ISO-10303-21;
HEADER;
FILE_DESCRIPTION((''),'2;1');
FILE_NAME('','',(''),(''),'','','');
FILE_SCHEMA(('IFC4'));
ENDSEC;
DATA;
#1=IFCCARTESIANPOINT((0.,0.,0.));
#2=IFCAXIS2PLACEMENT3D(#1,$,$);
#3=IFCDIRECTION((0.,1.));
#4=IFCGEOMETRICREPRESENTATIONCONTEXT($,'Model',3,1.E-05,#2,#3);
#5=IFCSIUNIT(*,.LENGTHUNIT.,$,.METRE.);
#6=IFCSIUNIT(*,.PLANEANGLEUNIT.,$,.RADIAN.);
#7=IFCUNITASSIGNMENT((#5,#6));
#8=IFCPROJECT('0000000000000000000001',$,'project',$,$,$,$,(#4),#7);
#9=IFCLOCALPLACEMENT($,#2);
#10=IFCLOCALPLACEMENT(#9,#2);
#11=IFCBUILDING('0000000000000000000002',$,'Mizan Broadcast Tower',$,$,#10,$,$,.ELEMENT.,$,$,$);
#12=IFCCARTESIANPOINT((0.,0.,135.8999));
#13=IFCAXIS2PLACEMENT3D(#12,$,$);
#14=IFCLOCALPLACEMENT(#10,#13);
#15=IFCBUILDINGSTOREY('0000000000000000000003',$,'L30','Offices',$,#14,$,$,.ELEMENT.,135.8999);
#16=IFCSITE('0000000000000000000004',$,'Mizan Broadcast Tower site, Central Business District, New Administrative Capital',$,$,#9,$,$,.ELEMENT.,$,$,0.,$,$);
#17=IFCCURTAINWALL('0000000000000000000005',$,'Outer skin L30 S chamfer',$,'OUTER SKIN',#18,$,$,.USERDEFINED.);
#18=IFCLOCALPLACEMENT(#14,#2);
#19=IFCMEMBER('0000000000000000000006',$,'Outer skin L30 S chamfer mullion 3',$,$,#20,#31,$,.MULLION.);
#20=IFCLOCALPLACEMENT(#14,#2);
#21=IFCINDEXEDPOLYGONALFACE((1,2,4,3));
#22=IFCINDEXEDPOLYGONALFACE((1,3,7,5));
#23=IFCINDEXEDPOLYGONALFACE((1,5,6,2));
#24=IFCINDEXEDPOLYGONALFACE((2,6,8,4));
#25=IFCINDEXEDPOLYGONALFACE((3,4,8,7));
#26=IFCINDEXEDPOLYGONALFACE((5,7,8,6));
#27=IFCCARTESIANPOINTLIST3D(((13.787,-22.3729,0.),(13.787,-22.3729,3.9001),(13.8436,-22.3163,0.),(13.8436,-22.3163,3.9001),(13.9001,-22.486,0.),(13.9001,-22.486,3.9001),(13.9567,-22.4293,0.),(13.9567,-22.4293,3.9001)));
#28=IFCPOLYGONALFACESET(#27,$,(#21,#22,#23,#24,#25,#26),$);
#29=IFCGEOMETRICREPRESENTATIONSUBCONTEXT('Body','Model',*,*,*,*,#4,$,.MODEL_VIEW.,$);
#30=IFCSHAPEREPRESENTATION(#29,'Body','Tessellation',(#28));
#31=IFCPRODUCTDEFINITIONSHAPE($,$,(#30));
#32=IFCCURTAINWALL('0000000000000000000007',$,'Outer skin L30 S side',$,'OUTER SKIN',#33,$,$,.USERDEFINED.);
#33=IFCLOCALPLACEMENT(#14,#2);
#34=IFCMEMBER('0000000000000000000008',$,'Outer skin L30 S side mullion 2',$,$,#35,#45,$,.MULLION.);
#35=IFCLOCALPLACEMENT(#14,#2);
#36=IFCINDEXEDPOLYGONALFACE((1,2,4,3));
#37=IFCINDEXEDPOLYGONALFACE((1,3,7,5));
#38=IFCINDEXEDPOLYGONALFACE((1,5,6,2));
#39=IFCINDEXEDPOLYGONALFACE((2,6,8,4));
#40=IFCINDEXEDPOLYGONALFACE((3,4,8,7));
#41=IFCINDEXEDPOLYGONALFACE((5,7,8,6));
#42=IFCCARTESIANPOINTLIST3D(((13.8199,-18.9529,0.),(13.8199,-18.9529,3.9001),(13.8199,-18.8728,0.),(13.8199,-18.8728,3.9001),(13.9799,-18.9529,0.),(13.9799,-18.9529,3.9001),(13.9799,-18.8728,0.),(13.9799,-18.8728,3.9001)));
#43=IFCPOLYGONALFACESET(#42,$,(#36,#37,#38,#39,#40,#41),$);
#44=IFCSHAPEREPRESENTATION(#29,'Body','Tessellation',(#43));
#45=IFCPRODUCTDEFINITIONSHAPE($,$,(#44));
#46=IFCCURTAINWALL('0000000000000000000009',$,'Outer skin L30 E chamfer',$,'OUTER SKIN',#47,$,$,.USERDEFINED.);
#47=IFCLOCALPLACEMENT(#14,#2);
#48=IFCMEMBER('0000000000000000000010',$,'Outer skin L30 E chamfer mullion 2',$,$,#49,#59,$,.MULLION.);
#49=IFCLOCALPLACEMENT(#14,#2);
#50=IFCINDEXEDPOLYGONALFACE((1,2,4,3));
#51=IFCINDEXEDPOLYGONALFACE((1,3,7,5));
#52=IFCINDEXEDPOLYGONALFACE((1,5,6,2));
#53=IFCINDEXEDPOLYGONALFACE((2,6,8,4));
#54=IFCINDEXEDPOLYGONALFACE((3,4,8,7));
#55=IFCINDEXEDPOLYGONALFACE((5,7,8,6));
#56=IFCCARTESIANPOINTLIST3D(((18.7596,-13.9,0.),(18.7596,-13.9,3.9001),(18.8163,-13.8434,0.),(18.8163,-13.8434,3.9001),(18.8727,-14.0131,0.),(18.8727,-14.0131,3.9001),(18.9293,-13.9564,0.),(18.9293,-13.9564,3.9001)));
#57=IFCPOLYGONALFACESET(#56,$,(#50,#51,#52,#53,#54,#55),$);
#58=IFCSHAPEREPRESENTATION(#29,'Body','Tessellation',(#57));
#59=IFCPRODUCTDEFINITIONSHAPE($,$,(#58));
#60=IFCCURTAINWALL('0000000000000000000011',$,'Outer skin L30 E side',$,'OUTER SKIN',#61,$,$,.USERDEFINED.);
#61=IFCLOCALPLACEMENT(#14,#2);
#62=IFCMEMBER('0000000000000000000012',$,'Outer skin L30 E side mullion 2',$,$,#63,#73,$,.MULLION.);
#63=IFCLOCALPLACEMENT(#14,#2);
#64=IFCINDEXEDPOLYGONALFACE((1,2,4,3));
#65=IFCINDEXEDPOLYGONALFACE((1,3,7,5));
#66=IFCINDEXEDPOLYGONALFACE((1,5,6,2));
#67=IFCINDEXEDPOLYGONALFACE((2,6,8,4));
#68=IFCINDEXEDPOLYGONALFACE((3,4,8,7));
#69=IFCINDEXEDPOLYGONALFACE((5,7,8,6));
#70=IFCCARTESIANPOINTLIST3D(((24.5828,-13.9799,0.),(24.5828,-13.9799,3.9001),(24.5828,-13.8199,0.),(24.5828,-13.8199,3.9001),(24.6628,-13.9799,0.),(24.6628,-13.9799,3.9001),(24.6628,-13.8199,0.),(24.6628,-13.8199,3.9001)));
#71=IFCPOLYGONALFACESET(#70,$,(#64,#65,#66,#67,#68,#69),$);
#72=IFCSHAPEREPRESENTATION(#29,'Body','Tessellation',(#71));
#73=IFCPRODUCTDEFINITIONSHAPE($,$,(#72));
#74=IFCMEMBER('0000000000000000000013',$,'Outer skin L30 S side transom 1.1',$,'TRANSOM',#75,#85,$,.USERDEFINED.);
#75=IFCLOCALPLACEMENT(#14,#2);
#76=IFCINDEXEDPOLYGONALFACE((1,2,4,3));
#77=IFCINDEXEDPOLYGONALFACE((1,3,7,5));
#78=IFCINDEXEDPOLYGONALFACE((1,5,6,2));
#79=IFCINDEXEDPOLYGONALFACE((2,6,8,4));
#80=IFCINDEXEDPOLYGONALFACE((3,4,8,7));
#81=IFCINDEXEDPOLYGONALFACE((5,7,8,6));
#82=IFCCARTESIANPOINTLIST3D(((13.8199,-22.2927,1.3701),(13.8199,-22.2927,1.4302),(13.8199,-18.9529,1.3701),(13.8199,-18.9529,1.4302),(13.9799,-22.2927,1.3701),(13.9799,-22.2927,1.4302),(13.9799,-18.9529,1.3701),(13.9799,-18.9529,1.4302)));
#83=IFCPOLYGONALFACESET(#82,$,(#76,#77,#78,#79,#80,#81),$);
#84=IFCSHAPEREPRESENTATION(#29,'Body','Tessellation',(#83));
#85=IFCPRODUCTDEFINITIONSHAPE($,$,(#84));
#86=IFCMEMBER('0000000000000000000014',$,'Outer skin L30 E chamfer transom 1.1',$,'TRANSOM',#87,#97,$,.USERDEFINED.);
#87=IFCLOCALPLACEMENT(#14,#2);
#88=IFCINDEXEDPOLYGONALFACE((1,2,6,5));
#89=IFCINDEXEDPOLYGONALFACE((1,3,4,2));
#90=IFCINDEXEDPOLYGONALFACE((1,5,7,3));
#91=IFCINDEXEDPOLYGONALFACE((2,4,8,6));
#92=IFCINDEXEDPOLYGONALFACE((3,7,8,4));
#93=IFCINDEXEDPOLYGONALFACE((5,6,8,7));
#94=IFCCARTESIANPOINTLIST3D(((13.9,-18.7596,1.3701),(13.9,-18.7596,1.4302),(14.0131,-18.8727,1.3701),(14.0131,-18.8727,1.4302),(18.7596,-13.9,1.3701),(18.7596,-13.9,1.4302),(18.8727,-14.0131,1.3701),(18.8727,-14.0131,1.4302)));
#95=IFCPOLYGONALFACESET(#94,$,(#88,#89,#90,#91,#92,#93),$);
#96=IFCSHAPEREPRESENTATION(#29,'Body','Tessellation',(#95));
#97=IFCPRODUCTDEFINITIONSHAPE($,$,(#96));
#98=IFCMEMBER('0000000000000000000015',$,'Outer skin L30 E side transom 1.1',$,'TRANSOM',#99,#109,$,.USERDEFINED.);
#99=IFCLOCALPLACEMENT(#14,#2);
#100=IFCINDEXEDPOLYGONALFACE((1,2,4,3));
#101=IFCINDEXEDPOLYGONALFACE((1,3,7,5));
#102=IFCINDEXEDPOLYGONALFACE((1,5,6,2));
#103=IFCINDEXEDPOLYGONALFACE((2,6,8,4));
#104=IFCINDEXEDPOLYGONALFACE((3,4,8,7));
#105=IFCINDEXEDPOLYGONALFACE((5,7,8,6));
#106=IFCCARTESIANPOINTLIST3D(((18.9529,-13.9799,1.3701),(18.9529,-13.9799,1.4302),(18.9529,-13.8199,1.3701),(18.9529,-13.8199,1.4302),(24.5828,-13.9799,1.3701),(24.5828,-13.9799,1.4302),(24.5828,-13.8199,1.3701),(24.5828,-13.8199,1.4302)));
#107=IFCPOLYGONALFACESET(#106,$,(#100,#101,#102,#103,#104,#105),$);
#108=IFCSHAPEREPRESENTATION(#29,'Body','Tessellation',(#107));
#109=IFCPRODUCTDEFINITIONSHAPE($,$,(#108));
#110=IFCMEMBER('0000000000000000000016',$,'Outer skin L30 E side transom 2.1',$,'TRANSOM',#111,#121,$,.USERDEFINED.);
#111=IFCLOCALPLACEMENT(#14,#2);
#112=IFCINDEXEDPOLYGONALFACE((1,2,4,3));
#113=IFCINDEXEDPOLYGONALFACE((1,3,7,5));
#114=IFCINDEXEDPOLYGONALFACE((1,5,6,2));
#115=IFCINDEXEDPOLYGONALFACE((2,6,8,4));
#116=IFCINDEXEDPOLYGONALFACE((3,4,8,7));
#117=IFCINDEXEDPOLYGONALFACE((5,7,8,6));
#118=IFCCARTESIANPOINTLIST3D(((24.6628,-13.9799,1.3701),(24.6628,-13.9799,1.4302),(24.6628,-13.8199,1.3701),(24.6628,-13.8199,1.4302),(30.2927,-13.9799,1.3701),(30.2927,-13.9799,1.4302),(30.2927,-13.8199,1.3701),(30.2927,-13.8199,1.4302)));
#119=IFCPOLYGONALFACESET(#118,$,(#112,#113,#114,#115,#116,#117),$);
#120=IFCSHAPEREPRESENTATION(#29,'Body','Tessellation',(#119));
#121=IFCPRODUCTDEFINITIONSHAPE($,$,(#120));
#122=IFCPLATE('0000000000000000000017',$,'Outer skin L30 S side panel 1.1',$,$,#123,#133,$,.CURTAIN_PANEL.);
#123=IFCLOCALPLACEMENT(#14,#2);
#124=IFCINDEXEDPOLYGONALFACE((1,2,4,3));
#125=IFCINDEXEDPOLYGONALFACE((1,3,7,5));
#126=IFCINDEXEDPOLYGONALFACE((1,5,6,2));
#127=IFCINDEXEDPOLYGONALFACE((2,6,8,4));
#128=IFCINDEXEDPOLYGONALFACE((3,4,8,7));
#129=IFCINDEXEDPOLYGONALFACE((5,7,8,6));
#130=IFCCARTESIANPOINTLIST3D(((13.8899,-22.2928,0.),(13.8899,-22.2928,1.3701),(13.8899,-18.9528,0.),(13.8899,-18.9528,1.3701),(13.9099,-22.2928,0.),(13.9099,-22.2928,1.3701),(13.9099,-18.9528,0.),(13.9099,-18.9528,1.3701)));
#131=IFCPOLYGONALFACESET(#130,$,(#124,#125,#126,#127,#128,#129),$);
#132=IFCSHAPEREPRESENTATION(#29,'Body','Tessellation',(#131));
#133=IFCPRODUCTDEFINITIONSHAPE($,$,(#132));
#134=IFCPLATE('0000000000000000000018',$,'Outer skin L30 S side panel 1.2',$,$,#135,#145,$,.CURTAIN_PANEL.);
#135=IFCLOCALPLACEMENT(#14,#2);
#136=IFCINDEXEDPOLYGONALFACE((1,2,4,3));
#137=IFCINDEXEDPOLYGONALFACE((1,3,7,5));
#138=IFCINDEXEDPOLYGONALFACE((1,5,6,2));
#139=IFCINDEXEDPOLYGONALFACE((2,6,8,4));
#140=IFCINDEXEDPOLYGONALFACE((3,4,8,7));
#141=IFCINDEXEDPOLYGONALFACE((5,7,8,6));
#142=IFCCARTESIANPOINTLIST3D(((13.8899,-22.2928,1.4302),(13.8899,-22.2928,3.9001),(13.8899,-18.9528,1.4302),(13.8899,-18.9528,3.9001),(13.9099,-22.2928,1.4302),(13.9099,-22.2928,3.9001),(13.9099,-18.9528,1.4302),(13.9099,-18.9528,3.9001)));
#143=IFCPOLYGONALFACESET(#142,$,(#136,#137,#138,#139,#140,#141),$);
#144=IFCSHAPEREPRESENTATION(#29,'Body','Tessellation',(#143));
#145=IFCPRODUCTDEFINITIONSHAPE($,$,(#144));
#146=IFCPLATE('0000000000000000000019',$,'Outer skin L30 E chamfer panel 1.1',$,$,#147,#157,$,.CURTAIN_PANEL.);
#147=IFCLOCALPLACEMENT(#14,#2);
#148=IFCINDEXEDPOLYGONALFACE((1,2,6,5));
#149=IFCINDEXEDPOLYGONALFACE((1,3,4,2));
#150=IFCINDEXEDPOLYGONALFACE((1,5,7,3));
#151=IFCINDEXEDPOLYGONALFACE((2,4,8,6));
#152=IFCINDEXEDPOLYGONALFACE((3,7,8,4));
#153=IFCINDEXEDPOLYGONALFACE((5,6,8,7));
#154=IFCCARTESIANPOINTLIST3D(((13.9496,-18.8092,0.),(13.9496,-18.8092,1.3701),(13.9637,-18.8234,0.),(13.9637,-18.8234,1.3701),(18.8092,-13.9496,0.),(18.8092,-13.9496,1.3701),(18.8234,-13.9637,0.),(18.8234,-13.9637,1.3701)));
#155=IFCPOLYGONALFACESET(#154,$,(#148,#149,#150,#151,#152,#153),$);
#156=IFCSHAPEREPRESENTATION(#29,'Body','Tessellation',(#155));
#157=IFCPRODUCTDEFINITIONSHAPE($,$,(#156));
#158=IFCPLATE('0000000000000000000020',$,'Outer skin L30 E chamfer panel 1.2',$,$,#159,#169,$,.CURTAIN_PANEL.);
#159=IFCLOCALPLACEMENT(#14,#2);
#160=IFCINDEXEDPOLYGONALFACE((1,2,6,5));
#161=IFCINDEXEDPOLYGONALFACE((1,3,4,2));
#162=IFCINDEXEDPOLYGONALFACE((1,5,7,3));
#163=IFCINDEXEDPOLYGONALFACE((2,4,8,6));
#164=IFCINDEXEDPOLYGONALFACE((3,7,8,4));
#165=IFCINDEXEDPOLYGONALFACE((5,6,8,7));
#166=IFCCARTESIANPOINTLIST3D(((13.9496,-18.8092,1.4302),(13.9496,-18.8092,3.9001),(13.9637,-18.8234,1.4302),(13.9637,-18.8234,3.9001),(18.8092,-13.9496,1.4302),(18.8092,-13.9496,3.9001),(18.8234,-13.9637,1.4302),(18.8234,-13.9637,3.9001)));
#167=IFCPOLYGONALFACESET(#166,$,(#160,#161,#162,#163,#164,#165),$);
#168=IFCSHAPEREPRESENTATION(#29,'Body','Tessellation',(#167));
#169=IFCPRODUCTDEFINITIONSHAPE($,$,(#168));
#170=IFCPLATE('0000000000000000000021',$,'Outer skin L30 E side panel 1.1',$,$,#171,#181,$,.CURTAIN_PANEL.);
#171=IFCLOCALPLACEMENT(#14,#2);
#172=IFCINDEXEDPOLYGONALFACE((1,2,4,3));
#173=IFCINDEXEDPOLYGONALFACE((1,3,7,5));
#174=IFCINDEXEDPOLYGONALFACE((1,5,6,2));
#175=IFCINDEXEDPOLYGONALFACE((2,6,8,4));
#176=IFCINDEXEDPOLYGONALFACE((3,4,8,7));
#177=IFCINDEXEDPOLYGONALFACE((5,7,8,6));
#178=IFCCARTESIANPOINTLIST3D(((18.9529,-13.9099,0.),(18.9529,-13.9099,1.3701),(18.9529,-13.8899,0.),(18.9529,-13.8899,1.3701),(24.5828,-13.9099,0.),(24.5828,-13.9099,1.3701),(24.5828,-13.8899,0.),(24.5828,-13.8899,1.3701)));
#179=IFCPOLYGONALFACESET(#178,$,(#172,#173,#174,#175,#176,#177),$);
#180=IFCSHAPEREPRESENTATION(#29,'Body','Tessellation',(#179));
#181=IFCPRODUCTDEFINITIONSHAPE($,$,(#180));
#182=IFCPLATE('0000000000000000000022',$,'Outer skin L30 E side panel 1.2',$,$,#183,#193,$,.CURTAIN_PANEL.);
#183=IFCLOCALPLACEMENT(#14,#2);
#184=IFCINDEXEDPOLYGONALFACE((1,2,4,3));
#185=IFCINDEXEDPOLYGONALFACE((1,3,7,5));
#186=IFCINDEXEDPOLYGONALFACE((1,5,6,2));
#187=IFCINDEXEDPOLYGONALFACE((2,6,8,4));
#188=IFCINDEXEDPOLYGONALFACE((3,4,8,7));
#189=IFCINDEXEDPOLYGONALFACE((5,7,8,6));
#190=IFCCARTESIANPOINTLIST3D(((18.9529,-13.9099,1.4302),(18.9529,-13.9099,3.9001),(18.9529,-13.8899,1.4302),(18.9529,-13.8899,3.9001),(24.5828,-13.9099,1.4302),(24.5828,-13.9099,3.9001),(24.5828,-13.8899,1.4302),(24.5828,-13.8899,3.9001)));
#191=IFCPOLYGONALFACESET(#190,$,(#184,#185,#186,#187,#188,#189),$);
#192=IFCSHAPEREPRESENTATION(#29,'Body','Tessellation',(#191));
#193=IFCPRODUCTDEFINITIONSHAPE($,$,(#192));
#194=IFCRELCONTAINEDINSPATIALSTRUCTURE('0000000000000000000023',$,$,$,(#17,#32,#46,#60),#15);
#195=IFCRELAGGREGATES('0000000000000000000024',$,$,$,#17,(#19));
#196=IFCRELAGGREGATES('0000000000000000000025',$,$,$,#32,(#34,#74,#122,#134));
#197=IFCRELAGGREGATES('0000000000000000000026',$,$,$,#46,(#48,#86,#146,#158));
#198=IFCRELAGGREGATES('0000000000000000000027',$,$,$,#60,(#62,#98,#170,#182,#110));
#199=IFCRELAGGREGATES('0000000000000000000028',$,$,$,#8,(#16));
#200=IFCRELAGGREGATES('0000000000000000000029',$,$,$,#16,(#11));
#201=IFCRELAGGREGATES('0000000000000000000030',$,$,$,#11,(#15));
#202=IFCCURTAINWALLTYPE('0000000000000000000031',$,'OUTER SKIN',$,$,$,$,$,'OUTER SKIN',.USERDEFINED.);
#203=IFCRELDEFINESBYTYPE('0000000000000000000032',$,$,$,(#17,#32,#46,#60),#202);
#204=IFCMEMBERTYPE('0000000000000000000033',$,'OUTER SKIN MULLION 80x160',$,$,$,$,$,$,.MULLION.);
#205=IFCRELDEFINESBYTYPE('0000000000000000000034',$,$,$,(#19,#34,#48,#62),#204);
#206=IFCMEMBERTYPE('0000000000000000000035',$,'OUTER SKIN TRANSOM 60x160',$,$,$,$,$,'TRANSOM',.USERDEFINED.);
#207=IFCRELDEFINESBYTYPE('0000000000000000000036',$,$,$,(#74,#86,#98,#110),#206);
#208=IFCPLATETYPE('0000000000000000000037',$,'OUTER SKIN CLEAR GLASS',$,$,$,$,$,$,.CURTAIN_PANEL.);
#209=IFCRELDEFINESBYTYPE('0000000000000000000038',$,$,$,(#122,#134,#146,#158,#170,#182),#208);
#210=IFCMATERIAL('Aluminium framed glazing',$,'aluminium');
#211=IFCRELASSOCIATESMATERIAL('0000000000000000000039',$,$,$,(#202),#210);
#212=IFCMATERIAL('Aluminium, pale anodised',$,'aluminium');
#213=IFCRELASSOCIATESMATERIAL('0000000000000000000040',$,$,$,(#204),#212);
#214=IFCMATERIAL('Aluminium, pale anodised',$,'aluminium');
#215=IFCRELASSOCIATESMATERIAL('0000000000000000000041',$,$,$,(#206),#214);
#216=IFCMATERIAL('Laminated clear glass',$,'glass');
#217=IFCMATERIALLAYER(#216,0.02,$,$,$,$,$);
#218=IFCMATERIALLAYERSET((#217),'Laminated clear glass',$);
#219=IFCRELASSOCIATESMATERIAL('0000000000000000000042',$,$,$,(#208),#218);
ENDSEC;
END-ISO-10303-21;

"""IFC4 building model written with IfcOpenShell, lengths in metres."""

from ifc_helpers import new_model, si_unit, direction, frame, origin, origin_2d, place, context, subcontext, project, spatial, rectangle, extrude, material, layer, layer_set, material_profile, profile_set, type_object, element, aggregate, save


model = new_model("IFC4")

# Units and contexts
model_context = context("Model", 3, precision=1e-05, world=origin(), true_north=direction((0.0, 1.0)))
body_context = subcontext(model_context, "Body", "Model", "MODEL_VIEW")
ifc_project = project(units=[si_unit("LENGTHUNIT", "METRE"), si_unit("PLANEANGLEUNIT", "RADIAN")], contexts=[model_context])

# Site, building, storey
site_placement = place(None, origin())
site = spatial("IfcSite", under=ifc_project, at=site_placement, Name="Mizan Broadcast Tower site, Central Business District, New Administrative Capital", CompositionType="ELEMENT", RefElevation=0.0)
building_placement = place(site_placement, origin())
building = spatial("IfcBuilding", under=site, at=building_placement, Name="Mizan Broadcast Tower", CompositionType="ELEMENT")
storey_placement = place(building_placement, frame((0.0, 0.0, 135.8999)))
storey = spatial("IfcBuildingStorey", under=building, at=storey_placement, Name="L30", Description="Offices", CompositionType="ELEMENT", Elevation=135.8999)

# Curtain walls, members
ifc_material_1 = material(Name="Aluminium framed glazing", Category="aluminium")
curtain_wall_type = type_object("IfcCurtainWallType", Name="OUTER SKIN", ElementType="OUTER SKIN", PredefinedType="USERDEFINED", material=ifc_material_1)
curtain_wall_1_placement = place(storey_placement, origin())
curtain_wall_1 = element("IfcCurtainWall", 1, at=curtain_wall_1_placement, inside=storey, type_object=curtain_wall_type, Name="Outer skin L30 S chamfer", ObjectType="OUTER SKIN", PredefinedType="USERDEFINED")
ifc_material_2 = material(Name="Aluminium, pale anodised", Category="aluminium")
ifc_material_profile_1 = material_profile(ifc_material_2, rectangle(XDim=0.1599, YDim=0.0801, at=origin_2d()), Name="MULLION 160x80")
ifc_profile_set_1 = profile_set([ifc_material_profile_1], Name="Aluminium, pale anodised")
member_type_1 = type_object("IfcMemberType", Name="OUTER SKIN MULLION 80x160", PredefinedType="MULLION", material=ifc_profile_set_1)
member_1_placement = place(storey_placement, frame((13.8718, -22.4011, 0.0), z_axis=(0.0, 0.0, 1.0), x_axis=(-0.707107, 0.707107, 0.0)))
member_1 = element("IfcMember", 2, at=member_1_placement, type_object=member_type_1, Name="Outer skin L30 S chamfer mullion 3", PredefinedType="MULLION", context=body_context, shape_type="SweptSolid", body=[
    extrude(rectangle(XDim=0.1599, YDim=0.0801, at=origin_2d()), origin(), (0.0, 0.0, 1.0), 3.9001),
])
aggregate(curtain_wall_1, [member_1])
curtain_wall_2_placement = place(storey_placement, origin())
curtain_wall_2 = element("IfcCurtainWall", 3, at=curtain_wall_2_placement, inside=storey, type_object=curtain_wall_type, Name="Outer skin L30 S side", ObjectType="OUTER SKIN", PredefinedType="USERDEFINED")
member_2_placement = place(storey_placement, frame((13.8999, -18.9128, 0.0), z_axis=(0.0, 0.0, 1.0), x_axis=(-1.0, 0.0, 0.0)))
member_2 = element("IfcMember", 4, at=member_2_placement, type_object=member_type_1, Name="Outer skin L30 S side mullion 2", PredefinedType="MULLION", context=body_context, shape_type="SweptSolid", body=[
    extrude(rectangle(XDim=0.1599, YDim=0.0801, at=origin_2d()), origin(), (0.0, 0.0, 1.0), 3.9001),
])
curtain_wall_3_placement = place(storey_placement, origin())
curtain_wall_3 = element("IfcCurtainWall", 5, at=curtain_wall_3_placement, inside=storey, type_object=curtain_wall_type, Name="Outer skin L30 E chamfer", ObjectType="OUTER SKIN", PredefinedType="USERDEFINED")
member_3_placement = place(storey_placement, frame((18.8445, -13.9282, 0.0), z_axis=(0.0, 0.0, 1.0), x_axis=(-0.707107, 0.707107, 0.0)))
member_3 = element("IfcMember", 6, at=member_3_placement, type_object=member_type_1, Name="Outer skin L30 E chamfer mullion 2", PredefinedType="MULLION", context=body_context, shape_type="SweptSolid", body=[
    extrude(rectangle(XDim=0.1599, YDim=0.0801, at=origin_2d()), origin(), (0.0, 0.0, 1.0), 3.9001),
])
curtain_wall_4_placement = place(storey_placement, origin())
curtain_wall_4 = element("IfcCurtainWall", 7, at=curtain_wall_4_placement, inside=storey, type_object=curtain_wall_type, Name="Outer skin L30 E side", ObjectType="OUTER SKIN", PredefinedType="USERDEFINED")
member_4_placement = place(storey_placement, frame((24.6228, -13.8999, 0.0), z_axis=(0.0, 0.0, 1.0), x_axis=(0.0, 1.0, 0.0)))
member_4 = element("IfcMember", 8, at=member_4_placement, type_object=member_type_1, Name="Outer skin L30 E side mullion 2", PredefinedType="MULLION", context=body_context, shape_type="SweptSolid", body=[
    extrude(rectangle(XDim=0.1599, YDim=0.0801, at=origin_2d()), origin(), (0.0, 0.0, 1.0), 3.9001),
])

# Members
ifc_material_3 = material(Name="Aluminium, pale anodised", Category="aluminium")
ifc_material_profile_2 = material_profile(ifc_material_3, rectangle(XDim=0.1599, YDim=0.0601, at=origin_2d()), Name="TRANSOM 160x60")
ifc_profile_set_2 = profile_set([ifc_material_profile_2], Name="Aluminium, pale anodised")
member_type_2 = type_object("IfcMemberType", Name="OUTER SKIN TRANSOM 60x160", ElementType="TRANSOM", PredefinedType="USERDEFINED", material=ifc_profile_set_2)
member_5_placement = place(storey_placement, frame((13.8999, -22.2927, 1.4001), z_axis=(0.0, 1.0, 0.0), x_axis=(-1.0, 0.0, 0.0)))
member_5 = element("IfcMember", 9, at=member_5_placement, type_object=member_type_2, Name="Outer skin L30 S side transom 1.1", ObjectType="TRANSOM", PredefinedType="USERDEFINED", context=body_context, shape_type="SweptSolid", body=[
    extrude(rectangle(XDim=0.1599, YDim=0.0601, at=origin_2d()), origin(), (0.0, 0.0, 1.0), 3.3398),
])
member_6_placement = place(storey_placement, frame((13.9565, -18.8162, 1.4001), z_axis=(0.707107, 0.707107, 0.0), x_axis=(-0.707107, 0.707107, 0.0)))
member_6 = element("IfcMember", 10, at=member_6_placement, type_object=member_type_2, Name="Outer skin L30 E chamfer transom 1.1", ObjectType="TRANSOM", PredefinedType="USERDEFINED", context=body_context, shape_type="SweptSolid", body=[
    extrude(rectangle(XDim=0.1599, YDim=0.0601, at=origin_2d()), origin(), (0.0, 0.0, 1.0), 6.8726),
])
member_7_placement = place(storey_placement, frame((18.9529, -13.8999, 1.4001), z_axis=(1.0, 0.0, 0.0), x_axis=(0.0, 1.0, 0.0)))
member_7 = element("IfcMember", 11, at=member_7_placement, type_object=member_type_2, Name="Outer skin L30 E side transom 1.1", ObjectType="TRANSOM", PredefinedType="USERDEFINED", context=body_context, shape_type="SweptSolid", body=[
    extrude(rectangle(XDim=0.1599, YDim=0.0601, at=origin_2d()), origin(), (0.0, 0.0, 1.0), 5.6299),
])
member_8_placement = place(storey_placement, frame((24.6628, -13.8999, 1.4001), z_axis=(1.0, 0.0, 0.0), x_axis=(0.0, 1.0, 0.0)))
member_8 = element("IfcMember", 12, at=member_8_placement, type_object=member_type_2, Name="Outer skin L30 E side transom 2.1", ObjectType="TRANSOM", PredefinedType="USERDEFINED", context=body_context, shape_type="SweptSolid", body=[
    extrude(rectangle(XDim=0.1599, YDim=0.0601, at=origin_2d()), origin(), (0.0, 0.0, 1.0), 5.6299),
])

# Plates
ifc_material_4 = material(Name="Laminated clear glass", Category="glass")
ifc_layer = layer(ifc_material_4, 0.02)
ifc_layer_set = layer_set([ifc_layer], Name="Laminated clear glass")
plate_type = type_object("IfcPlateType", Name="OUTER SKIN CLEAR GLASS", PredefinedType="CURTAIN_PANEL", material=ifc_layer_set)
plate_1_placement = place(storey_placement, frame((13.8999, -20.6228, 0.0), z_axis=(0.0, 0.0, 1.0), x_axis=(0.0, 1.0, 0.0)))
plate_1 = element("IfcPlate", 13, at=plate_1_placement, type_object=plate_type, Name="Outer skin L30 S side panel 1.1", PredefinedType="CURTAIN_PANEL", context=body_context, shape_type="SweptSolid", body=[
    extrude(rectangle(XDim=3.3401, YDim=0.02, at=origin_2d()), origin(), (0.0, 0.0, 1.0), 1.3701),
])
plate_2_placement = place(storey_placement, frame((13.8999, -20.6228, 1.4302), z_axis=(0.0, 0.0, 1.0), x_axis=(0.0, 1.0, 0.0)))
plate_2 = element("IfcPlate", 14, at=plate_2_placement, type_object=plate_type, Name="Outer skin L30 S side panel 1.2", PredefinedType="CURTAIN_PANEL", context=body_context, shape_type="SweptSolid", body=[
    extrude(rectangle(XDim=3.3401, YDim=0.02, at=origin_2d()), origin(), (0.0, 0.0, 1.0), 2.47),
])
aggregate(curtain_wall_2, [member_2, member_5, plate_1, plate_2])
plate_3_placement = place(storey_placement, frame((16.3865, -16.3865, 0.0), z_axis=(0.0, 0.0, 1.0), x_axis=(0.707107, 0.707107, 0.0)))
plate_3 = element("IfcPlate", 15, at=plate_3_placement, type_object=plate_type, Name="Outer skin L30 E chamfer panel 1.1", PredefinedType="CURTAIN_PANEL", context=body_context, shape_type="SweptSolid", body=[
    extrude(rectangle(XDim=6.8726, YDim=0.02, at=origin_2d()), origin(), (0.0, 0.0, 1.0), 1.3701),
])
plate_4_placement = place(storey_placement, frame((16.3865, -16.3865, 1.4302), z_axis=(0.0, 0.0, 1.0), x_axis=(0.707107, 0.707107, 0.0)))
plate_4 = element("IfcPlate", 16, at=plate_4_placement, type_object=plate_type, Name="Outer skin L30 E chamfer panel 1.2", PredefinedType="CURTAIN_PANEL", context=body_context, shape_type="SweptSolid", body=[
    extrude(rectangle(XDim=6.8726, YDim=0.02, at=origin_2d()), origin(), (0.0, 0.0, 1.0), 2.47),
])
aggregate(curtain_wall_3, [member_3, member_6, plate_3, plate_4])
plate_5_placement = place(storey_placement, frame((21.7678, -13.8999, 0.0), z_axis=(0.0, 0.0, 1.0), x_axis=(1.0, 0.0, 0.0)))
plate_5 = element("IfcPlate", 17, at=plate_5_placement, type_object=plate_type, Name="Outer skin L30 E side panel 1.1", PredefinedType="CURTAIN_PANEL", context=body_context, shape_type="SweptSolid", body=[
    extrude(rectangle(XDim=5.6299, YDim=0.02, at=origin_2d()), origin(), (0.0, 0.0, 1.0), 1.3701),
])
plate_6_placement = place(storey_placement, frame((21.7678, -13.8999, 1.4302), z_axis=(0.0, 0.0, 1.0), x_axis=(1.0, 0.0, 0.0)))
plate_6 = element("IfcPlate", 18, at=plate_6_placement, type_object=plate_type, Name="Outer skin L30 E side panel 1.2", PredefinedType="CURTAIN_PANEL", context=body_context, shape_type="SweptSolid", body=[
    extrude(rectangle(XDim=5.6299, YDim=0.02, at=origin_2d()), origin(), (0.0, 0.0, 1.0), 2.47),
])
aggregate(curtain_wall_4, [member_4, member_7, plate_5, plate_6, member_8])

save(model, "model.ifc")
